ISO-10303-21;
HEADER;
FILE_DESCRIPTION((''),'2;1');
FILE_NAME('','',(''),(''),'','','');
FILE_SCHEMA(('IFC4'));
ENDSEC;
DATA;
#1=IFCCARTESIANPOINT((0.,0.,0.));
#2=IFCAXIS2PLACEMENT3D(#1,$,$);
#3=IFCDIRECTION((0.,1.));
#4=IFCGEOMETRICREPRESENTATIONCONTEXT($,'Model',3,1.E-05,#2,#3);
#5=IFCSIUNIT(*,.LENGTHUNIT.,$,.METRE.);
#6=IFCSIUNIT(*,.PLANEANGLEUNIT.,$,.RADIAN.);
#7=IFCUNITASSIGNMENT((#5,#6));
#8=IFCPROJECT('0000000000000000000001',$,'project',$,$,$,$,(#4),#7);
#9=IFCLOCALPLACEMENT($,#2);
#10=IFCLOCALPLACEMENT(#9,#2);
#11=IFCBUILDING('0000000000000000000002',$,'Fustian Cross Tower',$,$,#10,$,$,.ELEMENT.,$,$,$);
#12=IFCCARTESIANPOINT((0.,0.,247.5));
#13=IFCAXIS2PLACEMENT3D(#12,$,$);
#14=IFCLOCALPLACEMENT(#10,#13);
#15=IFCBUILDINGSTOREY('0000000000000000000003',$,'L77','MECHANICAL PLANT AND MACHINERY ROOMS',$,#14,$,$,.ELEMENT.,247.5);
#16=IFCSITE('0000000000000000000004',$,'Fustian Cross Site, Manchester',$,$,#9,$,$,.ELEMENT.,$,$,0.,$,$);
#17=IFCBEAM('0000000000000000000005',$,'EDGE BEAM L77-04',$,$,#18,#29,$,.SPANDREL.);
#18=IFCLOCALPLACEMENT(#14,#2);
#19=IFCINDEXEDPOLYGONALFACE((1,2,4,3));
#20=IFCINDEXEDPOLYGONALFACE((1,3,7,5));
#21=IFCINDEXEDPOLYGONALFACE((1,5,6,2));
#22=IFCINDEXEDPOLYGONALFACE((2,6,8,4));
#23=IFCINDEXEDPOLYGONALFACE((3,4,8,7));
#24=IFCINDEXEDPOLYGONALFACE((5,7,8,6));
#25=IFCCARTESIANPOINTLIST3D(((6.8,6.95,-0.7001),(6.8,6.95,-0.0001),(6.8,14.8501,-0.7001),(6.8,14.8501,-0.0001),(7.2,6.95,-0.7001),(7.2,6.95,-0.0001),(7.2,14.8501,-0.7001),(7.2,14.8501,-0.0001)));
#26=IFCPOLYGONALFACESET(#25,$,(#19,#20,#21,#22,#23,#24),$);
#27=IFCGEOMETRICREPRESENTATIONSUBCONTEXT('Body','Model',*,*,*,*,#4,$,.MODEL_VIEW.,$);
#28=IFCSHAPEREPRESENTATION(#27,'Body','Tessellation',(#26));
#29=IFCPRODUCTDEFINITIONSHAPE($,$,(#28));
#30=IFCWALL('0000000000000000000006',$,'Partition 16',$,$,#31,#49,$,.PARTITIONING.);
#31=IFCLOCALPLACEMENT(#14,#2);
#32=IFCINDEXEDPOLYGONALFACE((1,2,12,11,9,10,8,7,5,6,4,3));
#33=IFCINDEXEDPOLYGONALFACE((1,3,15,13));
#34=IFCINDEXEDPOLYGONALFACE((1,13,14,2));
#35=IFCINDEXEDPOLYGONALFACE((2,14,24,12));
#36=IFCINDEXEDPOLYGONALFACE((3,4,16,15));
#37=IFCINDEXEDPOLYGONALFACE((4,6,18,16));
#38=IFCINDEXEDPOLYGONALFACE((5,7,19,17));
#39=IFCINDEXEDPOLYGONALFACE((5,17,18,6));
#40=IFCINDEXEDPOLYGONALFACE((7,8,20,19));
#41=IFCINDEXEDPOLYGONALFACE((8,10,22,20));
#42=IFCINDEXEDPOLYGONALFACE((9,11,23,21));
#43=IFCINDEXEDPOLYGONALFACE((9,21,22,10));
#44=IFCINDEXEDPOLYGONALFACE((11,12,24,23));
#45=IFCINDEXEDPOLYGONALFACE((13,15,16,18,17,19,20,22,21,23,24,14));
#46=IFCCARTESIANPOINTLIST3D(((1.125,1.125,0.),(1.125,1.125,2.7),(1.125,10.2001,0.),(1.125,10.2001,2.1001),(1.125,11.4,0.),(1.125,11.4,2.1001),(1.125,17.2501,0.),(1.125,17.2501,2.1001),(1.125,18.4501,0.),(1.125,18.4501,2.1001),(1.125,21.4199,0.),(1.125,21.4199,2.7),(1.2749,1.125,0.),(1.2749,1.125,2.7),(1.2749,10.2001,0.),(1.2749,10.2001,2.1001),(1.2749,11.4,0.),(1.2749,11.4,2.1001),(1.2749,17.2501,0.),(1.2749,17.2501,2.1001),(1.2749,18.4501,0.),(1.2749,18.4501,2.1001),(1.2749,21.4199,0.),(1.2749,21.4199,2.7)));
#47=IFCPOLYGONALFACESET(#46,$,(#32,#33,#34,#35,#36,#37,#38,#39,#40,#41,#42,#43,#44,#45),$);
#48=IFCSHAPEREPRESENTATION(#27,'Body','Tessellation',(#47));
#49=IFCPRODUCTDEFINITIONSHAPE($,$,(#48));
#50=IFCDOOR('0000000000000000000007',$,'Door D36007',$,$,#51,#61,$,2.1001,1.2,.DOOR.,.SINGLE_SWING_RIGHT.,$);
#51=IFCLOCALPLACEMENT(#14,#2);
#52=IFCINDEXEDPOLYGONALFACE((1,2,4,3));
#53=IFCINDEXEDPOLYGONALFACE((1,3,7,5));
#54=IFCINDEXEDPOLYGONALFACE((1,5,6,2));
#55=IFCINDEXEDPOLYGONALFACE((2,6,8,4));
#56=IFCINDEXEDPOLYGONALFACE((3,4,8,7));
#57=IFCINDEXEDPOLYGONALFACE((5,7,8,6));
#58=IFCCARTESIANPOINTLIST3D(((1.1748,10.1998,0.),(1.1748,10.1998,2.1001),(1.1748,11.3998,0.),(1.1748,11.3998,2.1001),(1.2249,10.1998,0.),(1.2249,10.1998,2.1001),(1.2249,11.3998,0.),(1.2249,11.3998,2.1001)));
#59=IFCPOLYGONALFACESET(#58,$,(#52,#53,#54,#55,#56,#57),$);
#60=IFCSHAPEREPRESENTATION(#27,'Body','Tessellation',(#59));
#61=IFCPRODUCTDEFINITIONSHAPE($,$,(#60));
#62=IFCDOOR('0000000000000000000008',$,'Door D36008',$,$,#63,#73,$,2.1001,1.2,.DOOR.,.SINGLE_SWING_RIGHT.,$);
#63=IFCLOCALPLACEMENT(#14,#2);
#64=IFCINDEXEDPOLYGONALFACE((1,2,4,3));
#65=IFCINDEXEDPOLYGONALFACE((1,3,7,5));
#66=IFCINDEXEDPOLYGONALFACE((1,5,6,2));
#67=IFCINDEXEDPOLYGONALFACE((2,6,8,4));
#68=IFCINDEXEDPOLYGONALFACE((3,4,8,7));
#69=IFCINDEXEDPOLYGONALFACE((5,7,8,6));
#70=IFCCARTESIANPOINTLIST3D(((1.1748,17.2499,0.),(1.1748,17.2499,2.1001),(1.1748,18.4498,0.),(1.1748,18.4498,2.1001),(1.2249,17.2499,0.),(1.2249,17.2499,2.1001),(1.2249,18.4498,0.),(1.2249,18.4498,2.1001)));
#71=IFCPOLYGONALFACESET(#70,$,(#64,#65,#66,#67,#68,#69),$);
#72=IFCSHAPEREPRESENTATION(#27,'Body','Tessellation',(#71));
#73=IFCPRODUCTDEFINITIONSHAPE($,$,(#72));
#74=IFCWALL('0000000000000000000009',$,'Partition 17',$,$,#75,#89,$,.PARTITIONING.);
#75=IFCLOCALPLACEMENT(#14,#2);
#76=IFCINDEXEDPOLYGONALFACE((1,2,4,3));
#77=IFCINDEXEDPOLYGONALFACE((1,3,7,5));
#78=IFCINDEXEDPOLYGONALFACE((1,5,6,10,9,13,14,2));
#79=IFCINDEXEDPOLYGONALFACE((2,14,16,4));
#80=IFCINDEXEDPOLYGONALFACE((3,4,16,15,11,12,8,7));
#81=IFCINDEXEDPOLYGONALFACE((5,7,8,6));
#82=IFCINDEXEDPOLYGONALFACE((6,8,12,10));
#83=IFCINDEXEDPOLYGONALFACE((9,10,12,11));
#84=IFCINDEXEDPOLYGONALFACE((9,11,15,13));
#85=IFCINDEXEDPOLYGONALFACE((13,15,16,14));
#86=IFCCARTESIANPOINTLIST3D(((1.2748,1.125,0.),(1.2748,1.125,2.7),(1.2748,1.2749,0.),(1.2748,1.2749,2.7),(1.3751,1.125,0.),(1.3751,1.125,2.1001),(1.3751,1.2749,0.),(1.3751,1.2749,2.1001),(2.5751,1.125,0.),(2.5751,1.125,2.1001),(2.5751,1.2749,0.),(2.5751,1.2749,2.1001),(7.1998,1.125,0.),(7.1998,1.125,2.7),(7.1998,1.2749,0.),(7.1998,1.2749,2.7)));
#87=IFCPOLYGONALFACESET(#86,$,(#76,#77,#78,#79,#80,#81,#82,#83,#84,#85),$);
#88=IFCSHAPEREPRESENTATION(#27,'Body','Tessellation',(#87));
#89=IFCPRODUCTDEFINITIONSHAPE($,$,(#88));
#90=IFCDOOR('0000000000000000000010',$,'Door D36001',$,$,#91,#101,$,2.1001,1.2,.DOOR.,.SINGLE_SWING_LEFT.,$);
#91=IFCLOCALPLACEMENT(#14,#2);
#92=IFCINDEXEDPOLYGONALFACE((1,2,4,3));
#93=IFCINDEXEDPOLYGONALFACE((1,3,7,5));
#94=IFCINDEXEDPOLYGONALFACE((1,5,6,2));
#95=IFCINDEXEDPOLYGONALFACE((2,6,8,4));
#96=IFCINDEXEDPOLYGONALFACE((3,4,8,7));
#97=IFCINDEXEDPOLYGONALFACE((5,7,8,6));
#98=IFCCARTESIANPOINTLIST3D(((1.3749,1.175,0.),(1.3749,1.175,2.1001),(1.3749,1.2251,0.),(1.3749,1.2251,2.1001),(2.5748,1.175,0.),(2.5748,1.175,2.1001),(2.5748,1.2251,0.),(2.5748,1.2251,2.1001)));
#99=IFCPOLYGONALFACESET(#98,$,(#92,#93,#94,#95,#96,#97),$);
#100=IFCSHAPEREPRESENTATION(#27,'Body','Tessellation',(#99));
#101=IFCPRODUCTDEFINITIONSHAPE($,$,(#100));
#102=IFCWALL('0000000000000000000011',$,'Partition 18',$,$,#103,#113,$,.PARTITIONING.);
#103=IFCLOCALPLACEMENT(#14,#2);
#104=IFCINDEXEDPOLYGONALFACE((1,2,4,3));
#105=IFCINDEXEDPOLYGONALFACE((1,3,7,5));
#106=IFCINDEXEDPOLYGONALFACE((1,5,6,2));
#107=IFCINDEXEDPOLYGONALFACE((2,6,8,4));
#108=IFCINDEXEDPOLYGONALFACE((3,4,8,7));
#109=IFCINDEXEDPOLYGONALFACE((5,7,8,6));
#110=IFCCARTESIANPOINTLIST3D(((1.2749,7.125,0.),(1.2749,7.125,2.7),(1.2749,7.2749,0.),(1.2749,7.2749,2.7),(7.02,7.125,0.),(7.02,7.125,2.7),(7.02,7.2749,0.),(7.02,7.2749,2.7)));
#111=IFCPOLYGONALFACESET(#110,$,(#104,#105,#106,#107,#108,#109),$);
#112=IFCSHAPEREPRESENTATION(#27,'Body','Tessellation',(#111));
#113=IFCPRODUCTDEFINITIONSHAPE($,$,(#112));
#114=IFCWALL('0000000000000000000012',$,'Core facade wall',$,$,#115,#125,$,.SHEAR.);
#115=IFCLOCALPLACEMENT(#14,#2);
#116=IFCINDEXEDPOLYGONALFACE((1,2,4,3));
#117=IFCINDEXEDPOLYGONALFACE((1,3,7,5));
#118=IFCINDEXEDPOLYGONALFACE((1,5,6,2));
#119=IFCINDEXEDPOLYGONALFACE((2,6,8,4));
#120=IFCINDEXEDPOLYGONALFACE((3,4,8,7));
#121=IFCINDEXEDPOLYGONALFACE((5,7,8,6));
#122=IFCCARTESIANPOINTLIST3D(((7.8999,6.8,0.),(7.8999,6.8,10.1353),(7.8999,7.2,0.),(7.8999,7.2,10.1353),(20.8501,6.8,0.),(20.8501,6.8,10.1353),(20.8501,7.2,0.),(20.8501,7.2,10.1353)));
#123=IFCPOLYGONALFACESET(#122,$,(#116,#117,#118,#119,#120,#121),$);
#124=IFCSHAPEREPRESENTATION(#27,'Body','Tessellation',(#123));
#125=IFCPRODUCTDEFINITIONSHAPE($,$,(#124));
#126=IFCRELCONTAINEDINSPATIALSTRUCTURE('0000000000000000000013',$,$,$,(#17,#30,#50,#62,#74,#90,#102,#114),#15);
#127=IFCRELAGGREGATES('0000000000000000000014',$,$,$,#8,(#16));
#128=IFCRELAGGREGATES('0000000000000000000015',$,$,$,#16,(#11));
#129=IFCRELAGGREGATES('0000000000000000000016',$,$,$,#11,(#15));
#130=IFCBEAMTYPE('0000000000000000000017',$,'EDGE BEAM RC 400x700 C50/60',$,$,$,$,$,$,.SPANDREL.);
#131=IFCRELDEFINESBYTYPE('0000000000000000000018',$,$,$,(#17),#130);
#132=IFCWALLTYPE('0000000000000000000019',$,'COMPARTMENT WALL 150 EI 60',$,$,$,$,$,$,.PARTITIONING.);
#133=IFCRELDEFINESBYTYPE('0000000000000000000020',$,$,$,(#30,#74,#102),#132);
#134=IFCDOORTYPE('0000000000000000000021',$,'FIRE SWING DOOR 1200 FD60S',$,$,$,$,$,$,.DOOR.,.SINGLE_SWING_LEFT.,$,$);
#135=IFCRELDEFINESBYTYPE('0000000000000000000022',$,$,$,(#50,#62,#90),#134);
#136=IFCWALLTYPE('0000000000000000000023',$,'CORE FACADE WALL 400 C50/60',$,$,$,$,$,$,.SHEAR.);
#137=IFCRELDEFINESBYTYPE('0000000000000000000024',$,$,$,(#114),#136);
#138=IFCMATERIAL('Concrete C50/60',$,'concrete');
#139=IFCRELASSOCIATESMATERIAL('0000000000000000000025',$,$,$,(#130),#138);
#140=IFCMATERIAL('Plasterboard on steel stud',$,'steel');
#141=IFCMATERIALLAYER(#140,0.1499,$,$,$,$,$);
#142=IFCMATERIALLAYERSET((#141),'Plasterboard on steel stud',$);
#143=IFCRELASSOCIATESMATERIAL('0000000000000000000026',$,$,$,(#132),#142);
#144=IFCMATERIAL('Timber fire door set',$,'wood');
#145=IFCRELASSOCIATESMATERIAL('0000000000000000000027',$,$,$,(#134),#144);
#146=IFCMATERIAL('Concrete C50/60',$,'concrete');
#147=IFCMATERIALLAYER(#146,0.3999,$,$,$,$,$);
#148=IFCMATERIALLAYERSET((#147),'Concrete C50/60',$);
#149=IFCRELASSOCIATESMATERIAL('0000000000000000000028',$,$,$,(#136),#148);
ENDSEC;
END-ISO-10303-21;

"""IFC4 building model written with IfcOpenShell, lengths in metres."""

from ifc_helpers import new_model, si_unit, direction, frame, frame_2d, origin, origin_2d, place, context, subcontext, project, spatial, rectangle, extrude, material, layer, layer_set, material_profile, profile_set, type_object, element, fill, save


model = new_model("IFC4")

# Units and contexts
model_context = context("Model", 3, precision=1e-05, world=origin(), true_north=direction((0.0, 1.0)))
body_context = subcontext(model_context, "Body", "Model", "MODEL_VIEW")
ifc_project = project(units=[si_unit("LENGTHUNIT", "METRE"), si_unit("PLANEANGLEUNIT", "RADIAN")], contexts=[model_context])

# Site, building, storey
site_placement = place(None, origin())
site = spatial("IfcSite", under=ifc_project, at=site_placement, Name="Fustian Cross Site, Manchester", CompositionType="ELEMENT", RefElevation=0.0)
building_placement = place(site_placement, origin())
building = spatial("IfcBuilding", under=site, at=building_placement, Name="Fustian Cross Tower", CompositionType="ELEMENT")
storey_placement = place(building_placement, frame((0.0, 0.0, 247.5)))
storey = spatial("IfcBuildingStorey", under=building, at=storey_placement, Name="L77", Description="MECHANICAL PLANT AND MACHINERY ROOMS", CompositionType="ELEMENT", Elevation=247.5)

# Beam
ifc_material_1 = material(Name="Concrete C50/60", Category="concrete")
ifc_material_profile_1 = material_profile(ifc_material_1, rectangle(XDim=0.3999, YDim=0.7, at=origin_2d()), Name="RC 400x700")
ifc_profile_set_1 = profile_set([ifc_material_profile_1], Name="Concrete C50/60")
beam_type = type_object("IfcBeamType", Name="EDGE BEAM RC 400x700 C50/60", PredefinedType="SPANDREL", material=ifc_profile_set_1)
beam_placement = place(storey_placement, frame((7.0, 6.95, -0.3501), z_axis=(0.0, 1.0, 0.0), x_axis=(-1.0, 0.0, 0.0)))
element("IfcBeam", 1, at=beam_placement, inside=storey, type_object=beam_type, Name="EDGE BEAM L77-04", PredefinedType="SPANDREL", context=body_context, shape_type="SweptSolid", body=[
    extrude(rectangle(XDim=0.3999, YDim=0.7, at=origin_2d()), origin(), (0.0, 0.0, 1.0), 7.9001),
])

# Wall, openings, doors
ifc_material_2 = material(Name="Plasterboard on steel stud", Category="steel")
ifc_layer_1 = layer(ifc_material_2, 0.1499)
ifc_layer_set_1 = layer_set([ifc_layer_1], Name="Plasterboard on steel stud")
wall_type_1 = type_object("IfcWallType", Name="COMPARTMENT WALL 150 EI 60", PredefinedType="PARTITIONING", material=ifc_layer_set_1)
wall_1_placement = place(storey_placement, frame((1.2, 1.125, 0.0), z_axis=(0.0, 0.0, 1.0), x_axis=(0.0, 1.0, 0.0)))
wall_1 = element("IfcWall", 2, at=wall_1_placement, inside=storey, type_object=wall_type_1, Name="Partition 16", PredefinedType="PARTITIONING", context=body_context, shape_type="SweptSolid", body=[
    extrude(rectangle(XDim=20.2949, YDim=0.1499, at=frame_2d((10.1475, 0.0))), origin(), (0.0, 0.0, 1.0), 2.7),
])
opening_1_placement = place(wall_1_placement, frame((9.075, 0.0, 0.0)))
opening_1 = element("IfcOpeningElement", 3, at=opening_1_placement, cuts=wall_1, PredefinedType="OPENING", context=body_context, shape_type="SweptSolid", body=[
    extrude(rectangle(XDim=1.2, YDim=2.1001, at=frame_2d((0.6001, 1.05))), frame((0.0, 0.085, 0.0), z_axis=(0.0, -1.0, 0.0), x_axis=(1.0, 0.0, 0.0)), (0.0, 0.0, 1.0), 0.1699),
])
opening_2_placement = place(wall_1_placement, frame((16.125, 0.0, 0.0)))
opening_2 = element("IfcOpeningElement", 4, at=opening_2_placement, cuts=wall_1, PredefinedType="OPENING", context=body_context, shape_type="SweptSolid", body=[
    extrude(rectangle(XDim=1.2, YDim=2.1001, at=frame_2d((0.6001, 1.05))), frame((0.0, 0.085, 0.0), z_axis=(0.0, -1.0, 0.0), x_axis=(1.0, 0.0, 0.0)), (0.0, 0.0, 1.0), 0.1699),
])
ifc_material_3 = material(Name="Timber fire door set", Category="wood")
door_type_1 = type_object("IfcDoorType", Name="FIRE SWING DOOR 1200 FD60S", OperationType="SINGLE_SWING_LEFT", PredefinedType="DOOR", material=ifc_material_3)
door_1_placement = place(opening_1_placement, frame((1.2, 0.0, 0.0), z_axis=(0.0, 0.0, 1.0), x_axis=(-1.0, 0.0, 0.0)))
door_1 = element("IfcDoor", 5, at=door_1_placement, inside=storey, type_object=door_type_1, Name="Door D36007", OperationType="SINGLE_SWING_RIGHT", OverallHeight=2.1001, OverallWidth=1.2, PredefinedType="DOOR", context=body_context, shape_type="SweptSolid", body=[
    extrude(rectangle(XDim=1.2, YDim=2.1001, at=frame_2d((0.6001, 1.05))), frame((0.0, 0.0249, 0.0), z_axis=(0.0, -1.0, 0.0), x_axis=(1.0, 0.0, 0.0)), (0.0, 0.0, 1.0), 0.05),
])
fill(opening_1, door_1)
door_2_placement = place(opening_2_placement, frame((1.2, 0.0, 0.0), z_axis=(0.0, 0.0, 1.0), x_axis=(-1.0, 0.0, 0.0)))
door_2 = element("IfcDoor", 6, at=door_2_placement, inside=storey, type_object=door_type_1, Name="Door D36008", OperationType="SINGLE_SWING_RIGHT", OverallHeight=2.1001, OverallWidth=1.2, PredefinedType="DOOR", context=body_context, shape_type="SweptSolid", body=[
    extrude(rectangle(XDim=1.2, YDim=2.1001, at=frame_2d((0.6001, 1.05))), frame((0.0, 0.0249, 0.0), z_axis=(0.0, -1.0, 0.0), x_axis=(1.0, 0.0, 0.0)), (0.0, 0.0, 1.0), 0.05),
])
fill(opening_2, door_2)

# Wall, opening, door
wall_2_placement = place(storey_placement, frame((1.2749, 1.2, 0.0), z_axis=(0.0, 0.0, 1.0), x_axis=(1.0, 0.0, 0.0)))
wall_2 = element("IfcWall", 7, at=wall_2_placement, inside=storey, type_object=wall_type_1, Name="Partition 17", PredefinedType="PARTITIONING", context=body_context, shape_type="SweptSolid", body=[
    extrude(rectangle(XDim=5.925, YDim=0.1499, at=frame_2d((2.9624, 0.0))), origin(), (0.0, 0.0, 1.0), 2.7),
])
opening_3_placement = place(wall_2_placement, frame((0.1001, 0.0, 0.0)))
opening_3 = element("IfcOpeningElement", 8, at=opening_3_placement, cuts=wall_2, PredefinedType="OPENING", context=body_context, shape_type="SweptSolid", body=[
    extrude(rectangle(XDim=1.2, YDim=2.1001, at=frame_2d((0.6001, 1.05))), frame((0.0, 0.085, 0.0), z_axis=(0.0, -1.0, 0.0), x_axis=(1.0, 0.0, 0.0)), (0.0, 0.0, 1.0), 0.1699),
])
door_3_placement = place(opening_3_placement, frame((1.2, 0.0, 0.0), z_axis=(0.0, 0.0, 1.0), x_axis=(-1.0, 0.0, 0.0)))
door_3 = element("IfcDoor", 9, at=door_3_placement, inside=storey, type_object=door_type_1, Name="Door D36001", OperationType="SINGLE_SWING_LEFT", OverallHeight=2.1001, OverallWidth=1.2, PredefinedType="DOOR", context=body_context, shape_type="SweptSolid", body=[
    extrude(rectangle(XDim=1.2, YDim=2.1001, at=frame_2d((0.6001, 1.05))), frame((0.0, 0.0249, 0.0), z_axis=(0.0, -1.0, 0.0), x_axis=(1.0, 0.0, 0.0)), (0.0, 0.0, 1.0), 0.05),
])
fill(opening_3, door_3)

# Walls
wall_3_placement = place(storey_placement, frame((1.2749, 7.2, 0.0), z_axis=(0.0, 0.0, 1.0), x_axis=(1.0, 0.0, 0.0)))
element("IfcWall", 10, at=wall_3_placement, inside=storey, type_object=wall_type_1, Name="Partition 18", PredefinedType="PARTITIONING", context=body_context, shape_type="SweptSolid", body=[
    extrude(rectangle(XDim=5.7451, YDim=0.1499, at=frame_2d((2.8726, 0.0))), origin(), (0.0, 0.0, 1.0), 2.7),
])
ifc_material_4 = material(Name="Concrete C50/60", Category="concrete")
ifc_layer_2 = layer(ifc_material_4, 0.3999)
ifc_layer_set_2 = layer_set([ifc_layer_2], Name="Concrete C50/60")
wall_type_2 = type_object("IfcWallType", Name="CORE FACADE WALL 400 C50/60", PredefinedType="SHEAR", material=ifc_layer_set_2)
wall_4_placement = place(storey_placement, frame((7.8999, 7.0, 0.0), z_axis=(0.0, 0.0, 1.0), x_axis=(1.0, 0.0, 0.0)))
element("IfcWall", 11, at=wall_4_placement, inside=storey, type_object=wall_type_2, Name="Core facade wall", PredefinedType="SHEAR", context=body_context, shape_type="SweptSolid", body=[
    extrude(rectangle(XDim=12.9502, YDim=0.3999, at=frame_2d((6.4751, 0.0))), origin(), (0.0, 0.0, 1.0), 10.1353),
])

save(model, "model.ifc")
